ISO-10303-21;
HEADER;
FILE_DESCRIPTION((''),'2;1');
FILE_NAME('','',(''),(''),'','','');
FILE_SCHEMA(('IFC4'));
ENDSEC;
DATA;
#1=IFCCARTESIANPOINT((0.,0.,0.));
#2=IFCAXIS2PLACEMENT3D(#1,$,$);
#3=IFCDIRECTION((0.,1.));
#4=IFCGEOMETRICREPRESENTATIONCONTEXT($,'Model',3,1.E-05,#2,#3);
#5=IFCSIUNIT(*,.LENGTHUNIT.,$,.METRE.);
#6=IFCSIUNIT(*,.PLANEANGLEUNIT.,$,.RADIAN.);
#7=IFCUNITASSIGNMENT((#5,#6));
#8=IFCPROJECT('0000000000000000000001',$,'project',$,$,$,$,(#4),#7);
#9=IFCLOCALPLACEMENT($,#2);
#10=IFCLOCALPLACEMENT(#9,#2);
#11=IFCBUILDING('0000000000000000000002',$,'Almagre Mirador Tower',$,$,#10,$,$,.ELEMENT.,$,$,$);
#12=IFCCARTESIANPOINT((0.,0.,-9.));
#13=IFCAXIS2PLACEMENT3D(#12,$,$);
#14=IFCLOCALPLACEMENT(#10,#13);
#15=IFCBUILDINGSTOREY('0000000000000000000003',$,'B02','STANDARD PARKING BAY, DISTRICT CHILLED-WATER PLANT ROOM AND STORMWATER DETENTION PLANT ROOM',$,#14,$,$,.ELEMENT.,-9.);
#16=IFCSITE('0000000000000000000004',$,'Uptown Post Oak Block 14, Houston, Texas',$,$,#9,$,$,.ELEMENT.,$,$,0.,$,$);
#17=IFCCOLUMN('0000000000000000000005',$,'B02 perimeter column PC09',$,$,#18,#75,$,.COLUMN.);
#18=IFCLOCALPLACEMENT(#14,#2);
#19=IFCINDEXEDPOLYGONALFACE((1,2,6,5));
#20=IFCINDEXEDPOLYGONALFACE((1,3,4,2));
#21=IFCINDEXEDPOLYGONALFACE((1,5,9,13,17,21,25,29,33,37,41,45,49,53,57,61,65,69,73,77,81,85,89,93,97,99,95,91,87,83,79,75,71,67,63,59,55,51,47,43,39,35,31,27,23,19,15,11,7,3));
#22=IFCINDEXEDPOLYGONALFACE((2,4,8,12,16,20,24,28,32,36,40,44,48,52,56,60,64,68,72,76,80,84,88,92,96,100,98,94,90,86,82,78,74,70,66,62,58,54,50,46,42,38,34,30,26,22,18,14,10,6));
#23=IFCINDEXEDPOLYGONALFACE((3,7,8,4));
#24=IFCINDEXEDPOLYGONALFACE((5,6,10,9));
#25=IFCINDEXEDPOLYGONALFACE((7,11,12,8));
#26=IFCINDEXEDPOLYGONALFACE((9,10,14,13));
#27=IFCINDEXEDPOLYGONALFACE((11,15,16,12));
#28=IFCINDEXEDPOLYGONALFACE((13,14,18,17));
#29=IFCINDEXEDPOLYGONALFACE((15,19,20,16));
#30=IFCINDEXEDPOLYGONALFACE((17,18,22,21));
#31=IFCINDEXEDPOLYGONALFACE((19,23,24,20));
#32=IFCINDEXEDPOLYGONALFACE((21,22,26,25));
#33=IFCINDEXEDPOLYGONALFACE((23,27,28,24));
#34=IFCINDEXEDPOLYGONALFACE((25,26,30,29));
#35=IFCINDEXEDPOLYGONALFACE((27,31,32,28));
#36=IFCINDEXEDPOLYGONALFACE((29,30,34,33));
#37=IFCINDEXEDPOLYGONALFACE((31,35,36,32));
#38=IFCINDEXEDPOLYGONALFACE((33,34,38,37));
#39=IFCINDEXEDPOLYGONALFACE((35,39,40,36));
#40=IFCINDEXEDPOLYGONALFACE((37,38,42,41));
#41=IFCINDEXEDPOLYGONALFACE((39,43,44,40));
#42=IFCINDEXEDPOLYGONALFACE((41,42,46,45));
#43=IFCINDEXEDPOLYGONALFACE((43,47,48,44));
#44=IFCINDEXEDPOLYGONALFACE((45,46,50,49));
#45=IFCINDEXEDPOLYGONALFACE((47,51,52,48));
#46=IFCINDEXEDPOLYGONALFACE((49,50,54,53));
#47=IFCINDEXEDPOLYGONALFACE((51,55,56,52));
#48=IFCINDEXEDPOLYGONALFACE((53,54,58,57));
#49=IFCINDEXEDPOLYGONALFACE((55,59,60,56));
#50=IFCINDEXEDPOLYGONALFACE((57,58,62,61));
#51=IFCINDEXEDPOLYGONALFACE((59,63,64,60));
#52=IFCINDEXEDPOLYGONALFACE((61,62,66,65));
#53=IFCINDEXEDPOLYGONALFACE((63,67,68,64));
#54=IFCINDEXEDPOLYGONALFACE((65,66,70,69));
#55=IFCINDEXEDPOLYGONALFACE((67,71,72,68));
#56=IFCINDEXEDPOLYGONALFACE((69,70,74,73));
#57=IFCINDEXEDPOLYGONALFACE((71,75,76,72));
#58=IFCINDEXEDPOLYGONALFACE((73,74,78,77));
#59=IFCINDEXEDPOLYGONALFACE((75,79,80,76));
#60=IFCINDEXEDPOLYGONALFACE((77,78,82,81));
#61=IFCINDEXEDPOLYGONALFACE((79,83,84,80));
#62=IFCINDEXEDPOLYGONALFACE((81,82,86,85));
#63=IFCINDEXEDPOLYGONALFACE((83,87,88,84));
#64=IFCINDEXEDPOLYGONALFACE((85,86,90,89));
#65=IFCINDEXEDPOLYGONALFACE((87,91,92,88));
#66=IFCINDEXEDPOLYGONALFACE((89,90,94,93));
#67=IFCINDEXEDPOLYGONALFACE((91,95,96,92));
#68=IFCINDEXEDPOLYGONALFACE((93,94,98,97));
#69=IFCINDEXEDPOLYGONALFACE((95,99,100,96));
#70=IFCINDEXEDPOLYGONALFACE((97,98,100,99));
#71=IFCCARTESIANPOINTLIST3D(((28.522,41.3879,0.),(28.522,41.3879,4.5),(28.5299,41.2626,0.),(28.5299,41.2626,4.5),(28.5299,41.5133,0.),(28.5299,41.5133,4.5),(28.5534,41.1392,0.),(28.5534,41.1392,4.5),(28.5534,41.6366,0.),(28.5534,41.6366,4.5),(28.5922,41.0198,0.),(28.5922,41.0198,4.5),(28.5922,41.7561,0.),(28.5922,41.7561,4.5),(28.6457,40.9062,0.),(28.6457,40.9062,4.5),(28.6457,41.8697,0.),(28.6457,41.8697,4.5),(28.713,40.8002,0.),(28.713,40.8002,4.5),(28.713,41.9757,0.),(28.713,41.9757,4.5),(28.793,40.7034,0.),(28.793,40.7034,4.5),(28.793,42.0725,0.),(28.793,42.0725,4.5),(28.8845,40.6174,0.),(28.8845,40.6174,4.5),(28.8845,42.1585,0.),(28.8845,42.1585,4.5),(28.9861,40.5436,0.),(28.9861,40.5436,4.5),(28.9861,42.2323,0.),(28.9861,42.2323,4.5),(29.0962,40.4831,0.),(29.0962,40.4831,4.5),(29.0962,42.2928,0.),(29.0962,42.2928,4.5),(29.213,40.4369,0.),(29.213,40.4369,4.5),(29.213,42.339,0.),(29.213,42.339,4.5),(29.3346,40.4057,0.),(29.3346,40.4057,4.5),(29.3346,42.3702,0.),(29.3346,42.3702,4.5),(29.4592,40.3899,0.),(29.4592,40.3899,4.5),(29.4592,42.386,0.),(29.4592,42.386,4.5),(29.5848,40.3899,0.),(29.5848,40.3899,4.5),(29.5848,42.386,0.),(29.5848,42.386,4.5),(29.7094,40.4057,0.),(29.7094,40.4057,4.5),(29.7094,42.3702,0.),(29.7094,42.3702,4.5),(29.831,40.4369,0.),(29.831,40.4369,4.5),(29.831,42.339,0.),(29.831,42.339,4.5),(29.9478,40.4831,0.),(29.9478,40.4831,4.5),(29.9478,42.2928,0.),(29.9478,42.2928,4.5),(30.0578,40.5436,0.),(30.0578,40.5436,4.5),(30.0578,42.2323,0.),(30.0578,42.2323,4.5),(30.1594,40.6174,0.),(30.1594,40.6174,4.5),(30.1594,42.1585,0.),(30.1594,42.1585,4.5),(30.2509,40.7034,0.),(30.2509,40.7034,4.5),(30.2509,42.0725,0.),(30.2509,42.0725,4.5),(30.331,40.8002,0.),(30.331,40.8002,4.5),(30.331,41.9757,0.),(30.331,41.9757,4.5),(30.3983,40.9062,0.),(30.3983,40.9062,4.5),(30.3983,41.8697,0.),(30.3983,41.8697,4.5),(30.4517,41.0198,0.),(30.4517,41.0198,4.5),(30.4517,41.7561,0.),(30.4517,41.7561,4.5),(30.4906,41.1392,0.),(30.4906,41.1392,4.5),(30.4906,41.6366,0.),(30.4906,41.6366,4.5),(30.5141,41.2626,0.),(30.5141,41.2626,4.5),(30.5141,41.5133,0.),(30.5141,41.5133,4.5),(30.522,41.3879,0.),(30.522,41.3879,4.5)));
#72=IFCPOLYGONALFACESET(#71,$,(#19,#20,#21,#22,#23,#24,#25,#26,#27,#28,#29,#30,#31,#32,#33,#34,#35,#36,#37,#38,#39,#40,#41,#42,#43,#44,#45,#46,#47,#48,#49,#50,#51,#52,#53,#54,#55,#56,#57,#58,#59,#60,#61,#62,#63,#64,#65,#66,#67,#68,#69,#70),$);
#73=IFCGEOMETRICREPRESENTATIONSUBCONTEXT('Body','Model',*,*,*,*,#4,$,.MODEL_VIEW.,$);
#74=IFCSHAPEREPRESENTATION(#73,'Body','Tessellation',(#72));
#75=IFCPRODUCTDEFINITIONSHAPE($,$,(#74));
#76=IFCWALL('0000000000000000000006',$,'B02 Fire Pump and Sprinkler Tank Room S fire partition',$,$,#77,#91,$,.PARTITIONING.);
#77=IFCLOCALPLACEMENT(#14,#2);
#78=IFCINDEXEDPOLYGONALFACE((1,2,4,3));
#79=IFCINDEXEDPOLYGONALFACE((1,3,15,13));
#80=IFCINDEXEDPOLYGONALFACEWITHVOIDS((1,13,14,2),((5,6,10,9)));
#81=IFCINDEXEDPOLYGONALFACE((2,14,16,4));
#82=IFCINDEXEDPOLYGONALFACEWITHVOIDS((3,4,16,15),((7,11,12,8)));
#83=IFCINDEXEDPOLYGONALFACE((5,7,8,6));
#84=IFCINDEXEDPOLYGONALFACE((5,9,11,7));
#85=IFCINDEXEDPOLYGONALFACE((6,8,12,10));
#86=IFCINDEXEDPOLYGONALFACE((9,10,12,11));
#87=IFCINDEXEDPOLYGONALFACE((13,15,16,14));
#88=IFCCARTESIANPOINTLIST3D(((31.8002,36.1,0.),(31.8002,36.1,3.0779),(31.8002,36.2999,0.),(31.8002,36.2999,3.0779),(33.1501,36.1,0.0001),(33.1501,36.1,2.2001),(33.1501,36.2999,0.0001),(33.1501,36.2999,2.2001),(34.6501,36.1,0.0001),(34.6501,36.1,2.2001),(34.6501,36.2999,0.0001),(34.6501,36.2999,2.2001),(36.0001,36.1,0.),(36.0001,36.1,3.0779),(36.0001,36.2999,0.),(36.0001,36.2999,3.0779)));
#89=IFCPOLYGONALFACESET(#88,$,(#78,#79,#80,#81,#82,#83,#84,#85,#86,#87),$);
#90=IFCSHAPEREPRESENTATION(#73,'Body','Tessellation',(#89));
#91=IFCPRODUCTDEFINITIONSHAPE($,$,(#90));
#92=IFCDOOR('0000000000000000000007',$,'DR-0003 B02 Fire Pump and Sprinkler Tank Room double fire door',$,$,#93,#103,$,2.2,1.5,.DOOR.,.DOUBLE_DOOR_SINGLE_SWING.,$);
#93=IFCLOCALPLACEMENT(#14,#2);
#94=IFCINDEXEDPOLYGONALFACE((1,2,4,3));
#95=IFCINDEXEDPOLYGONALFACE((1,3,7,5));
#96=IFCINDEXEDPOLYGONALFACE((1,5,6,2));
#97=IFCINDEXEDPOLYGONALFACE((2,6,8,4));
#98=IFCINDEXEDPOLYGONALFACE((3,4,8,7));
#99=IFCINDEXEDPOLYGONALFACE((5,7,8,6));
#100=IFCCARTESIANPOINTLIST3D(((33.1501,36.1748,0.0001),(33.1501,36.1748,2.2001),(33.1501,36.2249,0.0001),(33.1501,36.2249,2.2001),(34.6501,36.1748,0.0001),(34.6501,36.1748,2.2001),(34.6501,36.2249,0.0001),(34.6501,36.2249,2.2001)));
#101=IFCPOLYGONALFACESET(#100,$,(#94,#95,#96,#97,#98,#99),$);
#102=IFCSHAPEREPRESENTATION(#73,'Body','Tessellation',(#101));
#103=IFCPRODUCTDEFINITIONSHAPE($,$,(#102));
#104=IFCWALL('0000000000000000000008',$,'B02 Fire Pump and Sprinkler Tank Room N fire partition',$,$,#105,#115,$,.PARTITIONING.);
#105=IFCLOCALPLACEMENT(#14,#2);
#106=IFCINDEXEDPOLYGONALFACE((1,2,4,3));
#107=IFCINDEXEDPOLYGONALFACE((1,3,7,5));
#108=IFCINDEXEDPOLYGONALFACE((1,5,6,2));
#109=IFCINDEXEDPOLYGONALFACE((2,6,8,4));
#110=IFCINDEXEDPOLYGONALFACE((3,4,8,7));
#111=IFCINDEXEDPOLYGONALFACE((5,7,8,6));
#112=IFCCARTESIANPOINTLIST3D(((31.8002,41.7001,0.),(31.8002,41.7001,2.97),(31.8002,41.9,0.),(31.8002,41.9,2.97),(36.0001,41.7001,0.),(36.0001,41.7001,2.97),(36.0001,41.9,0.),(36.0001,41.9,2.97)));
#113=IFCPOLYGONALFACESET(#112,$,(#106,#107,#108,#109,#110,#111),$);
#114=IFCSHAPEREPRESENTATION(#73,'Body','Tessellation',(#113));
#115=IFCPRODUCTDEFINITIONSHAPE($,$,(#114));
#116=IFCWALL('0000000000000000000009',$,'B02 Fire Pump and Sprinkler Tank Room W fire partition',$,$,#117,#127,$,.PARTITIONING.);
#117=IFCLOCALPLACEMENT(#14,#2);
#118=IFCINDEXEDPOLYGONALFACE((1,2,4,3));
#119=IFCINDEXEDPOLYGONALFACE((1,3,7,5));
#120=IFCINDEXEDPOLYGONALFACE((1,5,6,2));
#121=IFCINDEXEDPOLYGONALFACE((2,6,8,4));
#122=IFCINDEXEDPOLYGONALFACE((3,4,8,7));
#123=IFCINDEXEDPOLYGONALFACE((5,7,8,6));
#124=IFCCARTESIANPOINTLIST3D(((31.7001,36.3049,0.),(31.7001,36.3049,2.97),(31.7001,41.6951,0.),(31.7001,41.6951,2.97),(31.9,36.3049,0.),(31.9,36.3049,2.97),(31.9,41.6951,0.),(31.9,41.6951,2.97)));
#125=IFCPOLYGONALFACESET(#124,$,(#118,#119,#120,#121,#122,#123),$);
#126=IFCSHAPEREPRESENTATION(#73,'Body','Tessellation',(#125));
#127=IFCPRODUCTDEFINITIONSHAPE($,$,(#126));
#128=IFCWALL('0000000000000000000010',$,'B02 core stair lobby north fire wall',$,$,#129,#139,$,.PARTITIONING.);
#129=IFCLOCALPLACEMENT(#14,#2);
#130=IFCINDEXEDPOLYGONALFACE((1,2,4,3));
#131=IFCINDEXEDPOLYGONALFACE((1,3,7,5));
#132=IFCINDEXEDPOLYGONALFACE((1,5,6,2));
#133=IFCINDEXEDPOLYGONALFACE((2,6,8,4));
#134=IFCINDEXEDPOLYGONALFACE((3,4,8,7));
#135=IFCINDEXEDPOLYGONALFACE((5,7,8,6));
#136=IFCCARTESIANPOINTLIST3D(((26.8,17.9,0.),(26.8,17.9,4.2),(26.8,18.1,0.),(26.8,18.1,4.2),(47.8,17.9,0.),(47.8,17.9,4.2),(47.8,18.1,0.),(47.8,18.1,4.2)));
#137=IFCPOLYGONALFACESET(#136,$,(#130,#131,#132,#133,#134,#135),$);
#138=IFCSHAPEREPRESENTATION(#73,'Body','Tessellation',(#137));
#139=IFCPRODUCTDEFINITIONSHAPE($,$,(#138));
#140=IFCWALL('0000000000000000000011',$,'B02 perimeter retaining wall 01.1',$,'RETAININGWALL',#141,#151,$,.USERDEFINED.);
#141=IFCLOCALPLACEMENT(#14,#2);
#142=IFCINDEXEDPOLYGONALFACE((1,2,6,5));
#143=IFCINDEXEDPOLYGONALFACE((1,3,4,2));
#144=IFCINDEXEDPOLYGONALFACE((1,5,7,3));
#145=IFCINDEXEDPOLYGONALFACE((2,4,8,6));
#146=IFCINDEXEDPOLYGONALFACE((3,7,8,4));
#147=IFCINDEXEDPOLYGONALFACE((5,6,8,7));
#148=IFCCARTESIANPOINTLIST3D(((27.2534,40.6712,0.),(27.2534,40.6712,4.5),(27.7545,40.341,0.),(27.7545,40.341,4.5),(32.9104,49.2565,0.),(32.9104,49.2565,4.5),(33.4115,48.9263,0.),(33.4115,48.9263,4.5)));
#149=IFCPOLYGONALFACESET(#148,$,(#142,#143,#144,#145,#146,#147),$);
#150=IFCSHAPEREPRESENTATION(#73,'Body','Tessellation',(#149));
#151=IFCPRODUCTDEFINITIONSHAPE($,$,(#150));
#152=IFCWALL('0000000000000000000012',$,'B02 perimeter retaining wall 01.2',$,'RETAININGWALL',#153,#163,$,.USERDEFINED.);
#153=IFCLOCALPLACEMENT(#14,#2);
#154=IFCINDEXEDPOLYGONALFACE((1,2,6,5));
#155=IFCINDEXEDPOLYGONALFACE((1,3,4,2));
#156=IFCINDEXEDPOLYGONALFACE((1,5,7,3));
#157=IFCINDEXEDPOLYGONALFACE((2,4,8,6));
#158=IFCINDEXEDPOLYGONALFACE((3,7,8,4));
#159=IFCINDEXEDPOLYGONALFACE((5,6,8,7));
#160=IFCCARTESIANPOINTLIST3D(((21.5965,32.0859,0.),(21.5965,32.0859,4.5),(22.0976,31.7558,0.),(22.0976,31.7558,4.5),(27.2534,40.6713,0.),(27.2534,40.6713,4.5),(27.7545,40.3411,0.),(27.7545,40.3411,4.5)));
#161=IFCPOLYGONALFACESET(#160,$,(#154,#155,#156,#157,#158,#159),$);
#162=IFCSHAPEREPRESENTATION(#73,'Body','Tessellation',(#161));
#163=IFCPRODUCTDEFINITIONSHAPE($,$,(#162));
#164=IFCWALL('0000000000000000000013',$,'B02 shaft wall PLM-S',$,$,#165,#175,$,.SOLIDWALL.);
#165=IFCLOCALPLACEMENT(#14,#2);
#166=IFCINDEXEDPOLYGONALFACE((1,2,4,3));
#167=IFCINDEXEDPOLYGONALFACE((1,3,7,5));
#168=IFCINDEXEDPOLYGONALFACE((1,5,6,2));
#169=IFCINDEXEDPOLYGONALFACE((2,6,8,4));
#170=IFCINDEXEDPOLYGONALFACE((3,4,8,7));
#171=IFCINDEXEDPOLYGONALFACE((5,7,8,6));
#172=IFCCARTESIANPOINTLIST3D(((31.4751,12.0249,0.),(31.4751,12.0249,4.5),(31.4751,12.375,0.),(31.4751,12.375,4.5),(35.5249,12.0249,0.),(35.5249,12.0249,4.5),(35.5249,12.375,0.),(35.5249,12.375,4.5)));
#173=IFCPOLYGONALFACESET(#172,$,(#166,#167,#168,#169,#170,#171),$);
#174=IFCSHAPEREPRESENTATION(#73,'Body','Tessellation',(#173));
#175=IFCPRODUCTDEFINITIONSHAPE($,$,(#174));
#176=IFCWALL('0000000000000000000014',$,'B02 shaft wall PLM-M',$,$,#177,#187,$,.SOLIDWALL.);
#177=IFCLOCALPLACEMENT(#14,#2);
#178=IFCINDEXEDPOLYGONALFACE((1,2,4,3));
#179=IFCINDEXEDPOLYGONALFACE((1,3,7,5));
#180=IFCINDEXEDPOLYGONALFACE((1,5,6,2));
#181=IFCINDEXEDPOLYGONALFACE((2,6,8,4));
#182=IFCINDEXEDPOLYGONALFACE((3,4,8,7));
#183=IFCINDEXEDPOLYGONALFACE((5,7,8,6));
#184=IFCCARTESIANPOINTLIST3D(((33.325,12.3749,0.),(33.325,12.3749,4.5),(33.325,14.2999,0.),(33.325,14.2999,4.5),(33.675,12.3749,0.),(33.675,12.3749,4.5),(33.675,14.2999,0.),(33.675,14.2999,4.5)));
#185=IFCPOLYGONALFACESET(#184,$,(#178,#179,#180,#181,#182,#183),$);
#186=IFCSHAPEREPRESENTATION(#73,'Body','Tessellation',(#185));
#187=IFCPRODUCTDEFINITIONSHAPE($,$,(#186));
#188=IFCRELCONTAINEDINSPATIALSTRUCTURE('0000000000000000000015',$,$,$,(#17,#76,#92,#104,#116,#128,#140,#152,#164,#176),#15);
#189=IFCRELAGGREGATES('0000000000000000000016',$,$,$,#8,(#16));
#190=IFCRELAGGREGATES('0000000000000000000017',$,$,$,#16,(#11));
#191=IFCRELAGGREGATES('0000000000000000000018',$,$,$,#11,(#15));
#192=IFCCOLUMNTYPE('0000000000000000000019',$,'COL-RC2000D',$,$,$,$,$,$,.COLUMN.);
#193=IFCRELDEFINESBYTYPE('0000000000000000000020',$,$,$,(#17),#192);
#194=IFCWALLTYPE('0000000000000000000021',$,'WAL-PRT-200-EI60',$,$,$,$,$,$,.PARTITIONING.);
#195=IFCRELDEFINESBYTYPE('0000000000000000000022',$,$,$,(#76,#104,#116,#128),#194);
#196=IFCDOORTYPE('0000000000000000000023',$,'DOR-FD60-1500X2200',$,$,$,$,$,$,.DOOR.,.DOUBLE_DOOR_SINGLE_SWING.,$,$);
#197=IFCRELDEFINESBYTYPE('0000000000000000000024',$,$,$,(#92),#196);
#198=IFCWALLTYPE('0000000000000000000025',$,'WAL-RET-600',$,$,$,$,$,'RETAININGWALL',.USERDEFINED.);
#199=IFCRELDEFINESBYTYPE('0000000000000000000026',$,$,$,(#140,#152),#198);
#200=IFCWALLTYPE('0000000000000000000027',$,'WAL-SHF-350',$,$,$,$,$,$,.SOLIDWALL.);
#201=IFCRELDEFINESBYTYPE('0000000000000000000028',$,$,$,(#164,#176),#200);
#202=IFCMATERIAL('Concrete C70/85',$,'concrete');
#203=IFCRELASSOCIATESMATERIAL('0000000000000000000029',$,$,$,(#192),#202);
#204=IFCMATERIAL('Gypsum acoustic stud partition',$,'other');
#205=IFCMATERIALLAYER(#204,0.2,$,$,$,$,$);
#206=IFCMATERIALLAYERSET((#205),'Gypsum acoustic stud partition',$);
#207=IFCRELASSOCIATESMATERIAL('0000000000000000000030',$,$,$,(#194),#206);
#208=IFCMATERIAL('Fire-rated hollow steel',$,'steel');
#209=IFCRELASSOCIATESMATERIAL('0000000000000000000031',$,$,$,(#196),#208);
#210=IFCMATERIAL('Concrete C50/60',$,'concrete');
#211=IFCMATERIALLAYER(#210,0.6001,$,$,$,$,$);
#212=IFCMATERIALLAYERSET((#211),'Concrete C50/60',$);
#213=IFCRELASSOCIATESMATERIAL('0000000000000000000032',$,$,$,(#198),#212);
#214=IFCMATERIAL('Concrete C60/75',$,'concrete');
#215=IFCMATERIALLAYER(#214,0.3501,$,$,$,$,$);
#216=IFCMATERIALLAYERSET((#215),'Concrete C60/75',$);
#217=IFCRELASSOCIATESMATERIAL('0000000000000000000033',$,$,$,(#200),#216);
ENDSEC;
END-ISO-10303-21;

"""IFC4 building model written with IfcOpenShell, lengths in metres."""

from ifc_helpers import new_model, si_unit, direction, frame, frame_2d, origin, origin_2d, place, context, subcontext, project, spatial, rectangle, circle, extrude, material, layer, layer_set, material_profile, profile_set, type_object, element, fill, save


model = new_model("IFC4")

# Units and contexts
model_context = context("Model", 3, precision=1e-05, world=origin(), true_north=direction((0.0, 1.0)))
body_context = subcontext(model_context, "Body", "Model", "MODEL_VIEW")
ifc_project = project(units=[si_unit("LENGTHUNIT", "METRE"), si_unit("PLANEANGLEUNIT", "RADIAN")], contexts=[model_context])

# Site, building, storey
site_placement = place(None, origin())
site = spatial("IfcSite", under=ifc_project, at=site_placement, Name="Uptown Post Oak Block 14, Houston, Texas", CompositionType="ELEMENT", RefElevation=0.0)
building_placement = place(site_placement, origin())
building = spatial("IfcBuilding", under=site, at=building_placement, Name="Almagre Mirador Tower", CompositionType="ELEMENT")
storey_placement = place(building_placement, frame((0.0, 0.0, -9.0)))
storey = spatial("IfcBuildingStorey", under=building, at=storey_placement, Name="B02", Description="STANDARD PARKING BAY, DISTRICT CHILLED-WATER PLANT ROOM AND STORMWATER DETENTION PLANT ROOM", CompositionType="ELEMENT", Elevation=-9.0)

# Column
ifc_material_1 = material(Name="Concrete C70/85", Category="concrete")
ifc_material_profile_1 = material_profile(ifc_material_1, circle(Radius=1.0, at=origin_2d()), Name="RC2000D")
ifc_profile_set_1 = profile_set([ifc_material_profile_1], Name="Concrete C70/85")
column_type_1 = type_object("IfcColumnType", Name="COL-RC2000D", PredefinedType="COLUMN", material=ifc_profile_set_1)
column_1_placement = place(storey_placement, frame((29.522, 41.3879, 0.0), z_axis=(0.0, 0.0, 1.0), x_axis=(1.0, 0.0, 0.0)))
element("IfcColumn", 1, at=column_1_placement, inside=storey, type_object=column_type_1, Name="B02 perimeter column PC09", PredefinedType="COLUMN", context=body_context, shape_type="SweptSolid", body=[
    extrude(circle(Radius=1.0, at=origin_2d()), origin(), (0.0, 0.0, 1.0), 4.5),
])

# Wall, opening, door
ifc_material_2 = material(Name="Gypsum acoustic stud partition", Category="other")
ifc_layer_1 = layer(ifc_material_2, 0.2)
ifc_layer_set_1 = layer_set([ifc_layer_1], Name="Gypsum acoustic stud partition")
wall_type_1 = type_object("IfcWallType", Name="WAL-PRT-200-EI60", PredefinedType="PARTITIONING", material=ifc_layer_set_1)
wall_1_placement = place(storey_placement, frame((31.8, 36.2, 0.0), z_axis=(0.0, 0.0, 1.0), x_axis=(1.0, 0.0, 0.0)))
wall_1 = element("IfcWall", 2, at=wall_1_placement, inside=storey, type_object=wall_type_1, Name="B02 Fire Pump and Sprinkler Tank Room S fire partition", PredefinedType="PARTITIONING", context=body_context, shape_type="SweptSolid", body=[
    extrude(rectangle(XDim=4.2, YDim=0.2, at=frame_2d((2.1001, 0.0))), origin(), (0.0, 0.0, 1.0), 3.0779),
])
opening_1_placement = place(wall_1_placement, frame((1.3501, 0.0, 0.0)))
opening_1 = element("IfcOpeningElement", 3, at=opening_1_placement, cuts=wall_1, PredefinedType="OPENING", context=body_context, shape_type="SweptSolid", body=[
    extrude(rectangle(XDim=1.5, YDim=2.2, at=frame_2d((0.75, 1.1001))), frame((0.0, 0.1101, 0.0), z_axis=(0.0, -1.0, 0.0), x_axis=(1.0, 0.0, 0.0)), (0.0, 0.0, 1.0), 0.22),
])
ifc_material_3 = material(Name="Fire-rated hollow steel", Category="steel")
door_type_1 = type_object("IfcDoorType", Name="DOR-FD60-1500X2200", OperationType="DOUBLE_DOOR_SINGLE_SWING", PredefinedType="DOOR", material=ifc_material_3)
door_1_placement = place(opening_1_placement, origin())
door_1 = element("IfcDoor", 4, at=door_1_placement, inside=storey, type_object=door_type_1, Name="DR-0003 B02 Fire Pump and Sprinkler Tank Room double fire door", OperationType="DOUBLE_DOOR_SINGLE_SWING", OverallHeight=2.2, OverallWidth=1.5, PredefinedType="DOOR", context=body_context, shape_type="SweptSolid", body=[
    extrude(rectangle(XDim=1.5, YDim=2.2, at=frame_2d((0.75, 1.1001))), frame((0.0, 0.0249, 0.0), z_axis=(0.0, -1.0, 0.0), x_axis=(1.0, 0.0, 0.0)), (0.0, 0.0, 1.0), 0.05),
])
fill(opening_1, door_1)

# Walls
wall_2_placement = place(storey_placement, frame((31.8, 41.8, 0.0), z_axis=(0.0, 0.0, 1.0), x_axis=(1.0, 0.0, 0.0)))
element("IfcWall", 5, at=wall_2_placement, inside=storey, type_object=wall_type_1, Name="B02 Fire Pump and Sprinkler Tank Room N fire partition", PredefinedType="PARTITIONING", context=body_context, shape_type="SweptSolid", body=[
    extrude(rectangle(XDim=4.2, YDim=0.2, at=frame_2d((2.1001, 0.0))), origin(), (0.0, 0.0, 1.0), 2.97),
])
wall_3_placement = place(storey_placement, frame((31.8, 36.3049, 0.0), z_axis=(0.0, 0.0, 1.0), x_axis=(0.0, 1.0, 0.0)))
element("IfcWall", 6, at=wall_3_placement, inside=storey, type_object=wall_type_1, Name="B02 Fire Pump and Sprinkler Tank Room W fire partition", PredefinedType="PARTITIONING", context=body_context, shape_type="SweptSolid", body=[
    extrude(rectangle(XDim=5.3901, YDim=0.2, at=frame_2d((2.6951, 0.0))), origin(), (0.0, 0.0, 1.0), 2.97),
])
wall_4_placement = place(storey_placement, frame((26.8, 18.0, 0.0), z_axis=(0.0, 0.0, 1.0), x_axis=(1.0, 0.0, 0.0)))
element("IfcWall", 7, at=wall_4_placement, inside=storey, type_object=wall_type_1, Name="B02 core stair lobby north fire wall", PredefinedType="PARTITIONING", context=body_context, shape_type="SweptSolid", body=[
    extrude(rectangle(XDim=21.0, YDim=0.2, at=frame_2d((10.5, 0.0))), origin(), (0.0, 0.0, 1.0), 4.2),
])
ifc_material_4 = material(Name="Concrete C50/60", Category="concrete")
ifc_layer_2 = layer(ifc_material_4, 0.6001)
ifc_layer_set_2 = layer_set([ifc_layer_2], Name="Concrete C50/60")
wall_type_2 = type_object("IfcWallType", Name="WAL-RET-600", ElementType="RETAININGWALL", PredefinedType="USERDEFINED", material=ifc_layer_set_2)
for number, where, z_axis, x_axis, name in (
    (8, (33.1609, 49.0913, 0.0), (0.0, 0.0, 1.0), (-0.550215, -0.835023, 0.0), "B02 perimeter retaining wall 01.1"),
    (9, (27.5039, 40.5061, 0.0), (0.0, 0.0, 1.0), (-0.550204, -0.83503, 0.0), "B02 perimeter retaining wall 01.2"),
):
    element("IfcWall", number, at=place(storey_placement, frame(where, z_axis=z_axis, x_axis=x_axis)), inside=storey, type_object=wall_type_2, Name=name, ObjectType="RETAININGWALL", PredefinedType="USERDEFINED", context=body_context, shape_type="SweptSolid", body=[
        extrude(rectangle(XDim=10.2815, YDim=0.6001, at=frame_2d((5.1406, 0.0))), origin(), (0.0, 0.0, 1.0), 4.5),
    ])
ifc_material_5 = material(Name="Concrete C60/75", Category="concrete")
ifc_layer_3 = layer(ifc_material_5, 0.3501)
ifc_layer_set_3 = layer_set([ifc_layer_3], Name="Concrete C60/75")
wall_type_3 = type_object("IfcWallType", Name="WAL-SHF-350", PredefinedType="SOLIDWALL", material=ifc_layer_set_3)
wall_5_placement = place(storey_placement, frame((31.4751, 12.2, 0.0), z_axis=(0.0, 0.0, 1.0), x_axis=(1.0, 0.0, 0.0)))
element("IfcWall", 10, at=wall_5_placement, inside=storey, type_object=wall_type_3, Name="B02 shaft wall PLM-S", PredefinedType="SOLIDWALL", context=body_context, shape_type="SweptSolid", body=[
    extrude(rectangle(XDim=4.0498, YDim=0.3501, at=frame_2d((2.0249, 0.0))), origin(), (0.0, 0.0, 1.0), 4.5),
])
wall_6_placement = place(storey_placement, frame((33.5, 12.375, 0.0), z_axis=(0.0, 0.0, 1.0), x_axis=(0.0, 1.0, 0.0)))
element("IfcWall", 11, at=wall_6_placement, inside=storey, type_object=wall_type_3, Name="B02 shaft wall PLM-M", PredefinedType="SOLIDWALL", context=body_context, shape_type="SweptSolid", body=[
    extrude(rectangle(XDim=1.925, YDim=0.3501, at=frame_2d((0.9624, 0.0))), origin(), (0.0, 0.0, 1.0), 4.5),
])

save(model, "model.ifc")
